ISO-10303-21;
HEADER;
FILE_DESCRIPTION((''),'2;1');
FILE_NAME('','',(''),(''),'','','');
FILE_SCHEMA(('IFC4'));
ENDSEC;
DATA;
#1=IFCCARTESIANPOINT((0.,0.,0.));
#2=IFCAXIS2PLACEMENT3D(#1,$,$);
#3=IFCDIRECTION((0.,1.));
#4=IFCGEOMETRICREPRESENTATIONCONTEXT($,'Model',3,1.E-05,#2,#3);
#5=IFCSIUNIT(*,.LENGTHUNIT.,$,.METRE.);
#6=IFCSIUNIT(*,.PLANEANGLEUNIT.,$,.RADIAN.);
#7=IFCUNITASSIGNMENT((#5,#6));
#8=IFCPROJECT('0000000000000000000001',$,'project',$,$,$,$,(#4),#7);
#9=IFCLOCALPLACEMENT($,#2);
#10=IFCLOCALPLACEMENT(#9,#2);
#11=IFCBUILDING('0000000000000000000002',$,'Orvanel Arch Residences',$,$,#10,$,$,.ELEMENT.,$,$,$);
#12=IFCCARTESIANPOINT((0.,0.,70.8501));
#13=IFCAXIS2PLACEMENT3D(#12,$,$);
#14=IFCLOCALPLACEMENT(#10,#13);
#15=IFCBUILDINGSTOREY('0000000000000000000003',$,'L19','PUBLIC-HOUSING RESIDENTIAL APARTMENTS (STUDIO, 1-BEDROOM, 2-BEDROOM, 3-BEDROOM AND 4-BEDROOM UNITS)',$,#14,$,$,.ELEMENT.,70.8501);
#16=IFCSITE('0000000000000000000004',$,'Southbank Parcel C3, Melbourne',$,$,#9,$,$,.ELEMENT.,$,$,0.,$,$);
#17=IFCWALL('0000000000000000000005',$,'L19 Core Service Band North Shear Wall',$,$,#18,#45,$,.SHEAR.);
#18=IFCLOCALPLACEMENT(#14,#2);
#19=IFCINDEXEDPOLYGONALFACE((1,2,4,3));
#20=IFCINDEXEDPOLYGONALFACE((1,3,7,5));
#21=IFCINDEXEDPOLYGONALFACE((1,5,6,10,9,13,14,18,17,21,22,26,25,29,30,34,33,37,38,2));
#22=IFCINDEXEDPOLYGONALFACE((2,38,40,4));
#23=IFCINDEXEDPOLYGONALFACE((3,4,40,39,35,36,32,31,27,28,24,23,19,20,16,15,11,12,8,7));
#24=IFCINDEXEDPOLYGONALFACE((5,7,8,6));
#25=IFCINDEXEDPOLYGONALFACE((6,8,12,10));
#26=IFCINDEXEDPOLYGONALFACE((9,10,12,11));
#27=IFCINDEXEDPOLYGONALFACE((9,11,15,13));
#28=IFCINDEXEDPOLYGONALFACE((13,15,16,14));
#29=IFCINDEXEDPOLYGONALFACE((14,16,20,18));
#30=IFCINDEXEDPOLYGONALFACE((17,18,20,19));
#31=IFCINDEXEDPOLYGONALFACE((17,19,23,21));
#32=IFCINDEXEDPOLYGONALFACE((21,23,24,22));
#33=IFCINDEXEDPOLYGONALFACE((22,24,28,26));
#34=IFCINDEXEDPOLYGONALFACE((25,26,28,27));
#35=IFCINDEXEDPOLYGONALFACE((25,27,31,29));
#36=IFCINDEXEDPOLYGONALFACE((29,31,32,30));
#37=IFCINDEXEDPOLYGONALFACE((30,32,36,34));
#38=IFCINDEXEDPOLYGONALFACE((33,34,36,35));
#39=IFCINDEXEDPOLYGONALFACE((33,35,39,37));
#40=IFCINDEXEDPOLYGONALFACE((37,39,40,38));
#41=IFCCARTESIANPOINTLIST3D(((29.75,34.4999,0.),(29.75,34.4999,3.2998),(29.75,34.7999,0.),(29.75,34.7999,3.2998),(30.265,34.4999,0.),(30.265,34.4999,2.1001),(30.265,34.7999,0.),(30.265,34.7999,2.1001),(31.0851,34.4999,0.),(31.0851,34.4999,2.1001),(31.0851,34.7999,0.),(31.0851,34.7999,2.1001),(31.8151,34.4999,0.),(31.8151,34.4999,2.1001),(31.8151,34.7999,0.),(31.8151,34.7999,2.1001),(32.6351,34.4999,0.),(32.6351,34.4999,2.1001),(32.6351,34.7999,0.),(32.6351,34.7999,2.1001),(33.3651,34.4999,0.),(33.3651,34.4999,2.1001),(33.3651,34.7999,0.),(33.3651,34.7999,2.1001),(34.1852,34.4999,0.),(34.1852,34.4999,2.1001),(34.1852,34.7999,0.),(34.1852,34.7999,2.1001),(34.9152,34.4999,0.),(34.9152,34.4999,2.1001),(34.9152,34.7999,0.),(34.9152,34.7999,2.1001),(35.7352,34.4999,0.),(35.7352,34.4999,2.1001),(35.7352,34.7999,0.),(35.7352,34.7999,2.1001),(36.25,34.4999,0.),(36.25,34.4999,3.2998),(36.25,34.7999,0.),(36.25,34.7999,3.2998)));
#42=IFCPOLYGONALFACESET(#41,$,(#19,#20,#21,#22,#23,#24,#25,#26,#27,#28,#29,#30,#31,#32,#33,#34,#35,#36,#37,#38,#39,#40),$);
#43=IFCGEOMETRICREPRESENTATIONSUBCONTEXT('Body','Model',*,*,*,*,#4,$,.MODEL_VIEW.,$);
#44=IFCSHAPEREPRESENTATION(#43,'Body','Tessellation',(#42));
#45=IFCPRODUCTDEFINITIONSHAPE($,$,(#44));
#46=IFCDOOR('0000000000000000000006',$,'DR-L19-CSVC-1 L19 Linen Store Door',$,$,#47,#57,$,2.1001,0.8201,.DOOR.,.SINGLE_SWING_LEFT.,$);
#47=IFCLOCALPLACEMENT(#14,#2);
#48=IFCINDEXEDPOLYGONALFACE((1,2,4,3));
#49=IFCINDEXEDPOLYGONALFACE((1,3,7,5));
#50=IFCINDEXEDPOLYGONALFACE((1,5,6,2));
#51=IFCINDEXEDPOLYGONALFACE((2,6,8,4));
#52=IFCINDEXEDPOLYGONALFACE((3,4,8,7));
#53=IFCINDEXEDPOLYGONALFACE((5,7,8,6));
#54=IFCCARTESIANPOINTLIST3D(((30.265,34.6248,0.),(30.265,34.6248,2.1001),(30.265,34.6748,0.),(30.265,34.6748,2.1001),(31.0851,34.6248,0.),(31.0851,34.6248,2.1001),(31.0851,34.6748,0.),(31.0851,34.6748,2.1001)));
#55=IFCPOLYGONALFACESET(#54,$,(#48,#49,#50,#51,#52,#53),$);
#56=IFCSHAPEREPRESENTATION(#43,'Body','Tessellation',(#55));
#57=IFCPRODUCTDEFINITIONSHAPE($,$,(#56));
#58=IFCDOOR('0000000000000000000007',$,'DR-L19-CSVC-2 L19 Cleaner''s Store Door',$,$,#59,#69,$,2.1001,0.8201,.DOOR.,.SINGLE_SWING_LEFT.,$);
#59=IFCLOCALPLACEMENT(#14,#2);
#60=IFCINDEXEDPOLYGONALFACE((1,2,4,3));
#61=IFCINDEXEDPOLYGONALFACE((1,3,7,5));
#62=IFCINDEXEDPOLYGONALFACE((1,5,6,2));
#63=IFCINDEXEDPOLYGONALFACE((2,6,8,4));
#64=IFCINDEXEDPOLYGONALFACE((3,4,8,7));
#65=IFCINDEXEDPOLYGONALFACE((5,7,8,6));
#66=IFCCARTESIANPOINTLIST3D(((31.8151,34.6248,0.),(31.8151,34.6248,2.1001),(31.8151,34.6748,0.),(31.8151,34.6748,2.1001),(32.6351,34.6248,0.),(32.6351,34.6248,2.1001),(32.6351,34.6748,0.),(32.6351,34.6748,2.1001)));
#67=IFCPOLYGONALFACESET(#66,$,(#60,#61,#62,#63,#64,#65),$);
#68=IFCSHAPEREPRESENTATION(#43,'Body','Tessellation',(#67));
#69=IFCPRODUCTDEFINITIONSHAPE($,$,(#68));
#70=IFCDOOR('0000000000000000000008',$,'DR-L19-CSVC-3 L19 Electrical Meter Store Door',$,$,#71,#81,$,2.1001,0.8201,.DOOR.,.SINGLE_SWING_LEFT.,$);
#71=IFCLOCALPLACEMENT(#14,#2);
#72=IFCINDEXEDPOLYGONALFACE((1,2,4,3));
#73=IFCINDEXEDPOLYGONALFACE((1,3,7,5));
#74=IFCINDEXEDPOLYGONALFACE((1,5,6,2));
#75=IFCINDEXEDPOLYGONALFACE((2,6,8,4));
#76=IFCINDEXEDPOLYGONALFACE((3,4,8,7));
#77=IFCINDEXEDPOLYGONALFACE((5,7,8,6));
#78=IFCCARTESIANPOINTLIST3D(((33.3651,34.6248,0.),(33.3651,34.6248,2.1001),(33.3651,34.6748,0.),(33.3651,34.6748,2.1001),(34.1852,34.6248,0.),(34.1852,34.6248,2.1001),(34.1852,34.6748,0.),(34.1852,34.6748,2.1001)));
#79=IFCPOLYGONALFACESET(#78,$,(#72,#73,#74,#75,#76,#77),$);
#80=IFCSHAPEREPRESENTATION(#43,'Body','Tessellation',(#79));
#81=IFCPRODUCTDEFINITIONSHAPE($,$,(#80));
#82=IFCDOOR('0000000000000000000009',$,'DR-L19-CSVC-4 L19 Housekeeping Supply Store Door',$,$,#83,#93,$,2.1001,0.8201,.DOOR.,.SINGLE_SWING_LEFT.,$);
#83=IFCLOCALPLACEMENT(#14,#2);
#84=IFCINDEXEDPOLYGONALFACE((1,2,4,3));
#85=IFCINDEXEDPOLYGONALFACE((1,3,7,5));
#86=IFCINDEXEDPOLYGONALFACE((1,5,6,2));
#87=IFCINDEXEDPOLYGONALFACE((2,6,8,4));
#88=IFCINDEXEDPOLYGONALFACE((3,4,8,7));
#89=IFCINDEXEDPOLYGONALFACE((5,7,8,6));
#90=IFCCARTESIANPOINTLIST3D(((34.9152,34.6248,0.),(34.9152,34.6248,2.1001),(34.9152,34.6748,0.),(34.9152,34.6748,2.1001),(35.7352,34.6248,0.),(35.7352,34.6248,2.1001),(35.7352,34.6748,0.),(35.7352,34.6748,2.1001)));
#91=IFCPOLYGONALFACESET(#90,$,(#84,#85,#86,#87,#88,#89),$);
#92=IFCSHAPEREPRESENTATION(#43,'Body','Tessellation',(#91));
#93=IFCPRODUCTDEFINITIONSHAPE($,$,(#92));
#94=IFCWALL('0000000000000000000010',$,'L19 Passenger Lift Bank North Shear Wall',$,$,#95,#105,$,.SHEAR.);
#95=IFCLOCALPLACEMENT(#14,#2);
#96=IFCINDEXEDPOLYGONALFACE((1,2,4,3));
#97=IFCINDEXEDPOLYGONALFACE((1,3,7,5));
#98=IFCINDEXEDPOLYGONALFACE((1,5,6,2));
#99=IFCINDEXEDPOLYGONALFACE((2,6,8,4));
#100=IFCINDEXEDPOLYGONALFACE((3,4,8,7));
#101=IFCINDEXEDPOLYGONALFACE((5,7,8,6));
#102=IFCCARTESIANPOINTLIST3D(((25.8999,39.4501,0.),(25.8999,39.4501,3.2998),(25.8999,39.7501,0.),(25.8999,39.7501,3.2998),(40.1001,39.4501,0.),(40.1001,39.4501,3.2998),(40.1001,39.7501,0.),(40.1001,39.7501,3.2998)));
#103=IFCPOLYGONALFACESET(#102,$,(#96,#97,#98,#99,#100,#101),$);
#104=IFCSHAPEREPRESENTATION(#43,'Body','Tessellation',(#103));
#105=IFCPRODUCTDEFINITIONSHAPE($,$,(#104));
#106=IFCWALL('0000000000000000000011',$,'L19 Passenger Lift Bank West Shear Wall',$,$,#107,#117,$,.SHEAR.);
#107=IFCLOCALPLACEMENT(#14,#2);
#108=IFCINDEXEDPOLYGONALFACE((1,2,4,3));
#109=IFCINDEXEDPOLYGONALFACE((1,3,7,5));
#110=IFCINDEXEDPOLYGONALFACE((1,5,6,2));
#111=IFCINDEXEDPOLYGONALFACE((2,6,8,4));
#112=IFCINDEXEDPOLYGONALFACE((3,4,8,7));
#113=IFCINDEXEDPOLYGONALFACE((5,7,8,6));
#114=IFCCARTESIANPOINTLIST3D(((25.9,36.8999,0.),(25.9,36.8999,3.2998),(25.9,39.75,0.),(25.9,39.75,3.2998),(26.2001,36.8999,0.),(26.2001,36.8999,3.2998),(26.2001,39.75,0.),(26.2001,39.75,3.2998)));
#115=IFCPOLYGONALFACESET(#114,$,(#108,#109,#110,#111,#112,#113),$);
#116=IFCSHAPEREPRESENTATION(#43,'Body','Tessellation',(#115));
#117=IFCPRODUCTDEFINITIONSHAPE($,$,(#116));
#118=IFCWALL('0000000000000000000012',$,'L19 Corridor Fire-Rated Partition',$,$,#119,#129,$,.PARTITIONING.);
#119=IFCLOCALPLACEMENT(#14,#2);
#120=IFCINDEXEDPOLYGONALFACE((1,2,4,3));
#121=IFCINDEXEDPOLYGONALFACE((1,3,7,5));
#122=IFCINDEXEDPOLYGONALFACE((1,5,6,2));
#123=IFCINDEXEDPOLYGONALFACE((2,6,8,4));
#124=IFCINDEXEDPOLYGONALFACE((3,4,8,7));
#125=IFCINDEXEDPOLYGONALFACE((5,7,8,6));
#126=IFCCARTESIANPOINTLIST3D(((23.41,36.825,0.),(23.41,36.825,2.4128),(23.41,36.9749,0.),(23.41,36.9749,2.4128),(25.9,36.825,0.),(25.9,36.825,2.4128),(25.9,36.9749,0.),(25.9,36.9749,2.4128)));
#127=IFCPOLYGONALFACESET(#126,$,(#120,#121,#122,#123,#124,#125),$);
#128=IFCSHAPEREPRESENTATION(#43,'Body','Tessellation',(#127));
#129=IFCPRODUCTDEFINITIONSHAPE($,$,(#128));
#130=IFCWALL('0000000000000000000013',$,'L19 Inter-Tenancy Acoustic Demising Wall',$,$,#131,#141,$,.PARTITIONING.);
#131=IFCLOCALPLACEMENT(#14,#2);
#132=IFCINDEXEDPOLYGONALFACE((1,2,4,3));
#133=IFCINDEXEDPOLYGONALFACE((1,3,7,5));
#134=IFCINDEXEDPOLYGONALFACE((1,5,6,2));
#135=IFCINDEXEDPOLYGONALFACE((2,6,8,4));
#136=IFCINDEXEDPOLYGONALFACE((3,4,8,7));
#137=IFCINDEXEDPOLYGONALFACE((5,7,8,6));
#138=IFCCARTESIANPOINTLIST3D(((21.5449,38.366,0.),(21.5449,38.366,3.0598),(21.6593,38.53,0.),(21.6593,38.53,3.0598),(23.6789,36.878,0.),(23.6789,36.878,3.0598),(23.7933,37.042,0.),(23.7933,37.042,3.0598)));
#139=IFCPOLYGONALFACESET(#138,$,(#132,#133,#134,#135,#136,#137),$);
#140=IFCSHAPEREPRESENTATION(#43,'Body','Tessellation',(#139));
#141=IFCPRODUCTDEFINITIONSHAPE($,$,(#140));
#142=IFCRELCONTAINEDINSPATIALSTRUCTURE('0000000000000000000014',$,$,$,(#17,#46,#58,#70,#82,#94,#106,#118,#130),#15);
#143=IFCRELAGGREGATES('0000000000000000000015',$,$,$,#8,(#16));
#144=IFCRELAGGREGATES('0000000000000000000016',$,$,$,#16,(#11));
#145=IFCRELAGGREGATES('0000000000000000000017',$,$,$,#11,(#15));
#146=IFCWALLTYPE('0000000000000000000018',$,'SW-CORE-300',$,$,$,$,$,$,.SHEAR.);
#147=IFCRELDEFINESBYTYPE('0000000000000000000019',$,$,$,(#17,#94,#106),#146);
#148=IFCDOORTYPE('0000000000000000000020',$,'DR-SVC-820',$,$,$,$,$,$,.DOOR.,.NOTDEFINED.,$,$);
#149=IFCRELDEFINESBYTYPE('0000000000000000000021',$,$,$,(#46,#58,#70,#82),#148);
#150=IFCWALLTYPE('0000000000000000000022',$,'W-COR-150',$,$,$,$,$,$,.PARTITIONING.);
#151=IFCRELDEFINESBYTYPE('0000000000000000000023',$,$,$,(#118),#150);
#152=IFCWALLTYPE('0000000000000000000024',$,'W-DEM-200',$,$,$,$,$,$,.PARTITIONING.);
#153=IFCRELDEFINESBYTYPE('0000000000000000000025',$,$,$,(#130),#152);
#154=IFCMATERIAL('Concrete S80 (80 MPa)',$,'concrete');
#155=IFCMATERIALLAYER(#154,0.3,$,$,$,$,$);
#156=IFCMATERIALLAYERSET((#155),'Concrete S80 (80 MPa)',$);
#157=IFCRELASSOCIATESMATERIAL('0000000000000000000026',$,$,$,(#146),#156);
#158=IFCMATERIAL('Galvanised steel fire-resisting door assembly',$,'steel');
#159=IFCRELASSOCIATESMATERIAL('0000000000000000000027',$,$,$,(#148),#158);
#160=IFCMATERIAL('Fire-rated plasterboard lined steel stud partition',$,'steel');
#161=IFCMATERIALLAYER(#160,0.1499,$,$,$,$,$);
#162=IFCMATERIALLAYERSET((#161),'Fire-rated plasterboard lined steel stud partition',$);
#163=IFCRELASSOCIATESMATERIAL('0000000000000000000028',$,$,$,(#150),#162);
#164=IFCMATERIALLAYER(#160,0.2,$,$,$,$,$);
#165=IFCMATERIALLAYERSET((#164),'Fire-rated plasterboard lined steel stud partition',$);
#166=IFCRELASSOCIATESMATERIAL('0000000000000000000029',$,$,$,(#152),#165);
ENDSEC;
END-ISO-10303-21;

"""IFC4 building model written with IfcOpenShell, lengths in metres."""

from ifc_helpers import new_model, si_unit, direction, frame, frame_2d, origin, place, context, subcontext, project, spatial, rectangle, extrude, material, layer, layer_set, type_object, element, fill, save


model = new_model("IFC4")

# Units and contexts
model_context = context("Model", 3, precision=1e-05, world=origin(), true_north=direction((0.0, 1.0)))
body_context = subcontext(model_context, "Body", "Model", "MODEL_VIEW")
ifc_project = project(units=[si_unit("LENGTHUNIT", "METRE"), si_unit("PLANEANGLEUNIT", "RADIAN")], contexts=[model_context])

# Site, building, storey
site_placement = place(None, origin())
site = spatial("IfcSite", under=ifc_project, at=site_placement, Name="Southbank Parcel C3, Melbourne", CompositionType="ELEMENT", RefElevation=0.0)
building_placement = place(site_placement, origin())
building = spatial("IfcBuilding", under=site, at=building_placement, Name="Orvanel Arch Residences", CompositionType="ELEMENT")
storey_placement = place(building_placement, frame((0.0, 0.0, 70.8501)))
storey = spatial("IfcBuildingStorey", under=building, at=storey_placement, Name="L19", Description="PUBLIC-HOUSING RESIDENTIAL APARTMENTS (STUDIO, 1-BEDROOM, 2-BEDROOM, 3-BEDROOM AND 4-BEDROOM UNITS)", CompositionType="ELEMENT", Elevation=70.8501)

# Wall, openings, doors
ifc_material_1 = material(Name="Concrete S80 (80 MPa)", Category="concrete")
ifc_layer_1 = layer(ifc_material_1, 0.3)
ifc_layer_set_1 = layer_set([ifc_layer_1], Name="Concrete S80 (80 MPa)")
wall_type_1 = type_object("IfcWallType", Name="SW-CORE-300", PredefinedType="SHEAR", material=ifc_layer_set_1)
wall_1_placement = place(storey_placement, frame((29.75, 34.6499, 0.0), z_axis=(0.0, 0.0, 1.0), x_axis=(1.0, 0.0, 0.0)))
wall_1 = element("IfcWall", 1, at=wall_1_placement, inside=storey, type_object=wall_type_1, Name="L19 Core Service Band North Shear Wall", PredefinedType="SHEAR", context=body_context, shape_type="SweptSolid", body=[
    extrude(rectangle(XDim=6.5, YDim=0.3, at=frame_2d((3.25, 0.0))), origin(), (0.0, 0.0, 1.0), 3.2998),
])
opening_1_placement = place(wall_1_placement, frame((0.5149, 0.0, 0.0)))
opening_1 = element("IfcOpeningElement", 2, at=opening_1_placement, cuts=wall_1, PredefinedType="OPENING", context=body_context, shape_type="SweptSolid", body=[
    extrude(rectangle(XDim=0.8201, YDim=2.1001, at=frame_2d((0.4102, 1.05))), frame((0.0, 0.1599, 0.0), z_axis=(0.0, -1.0, 0.0), x_axis=(1.0, 0.0, 0.0)), (0.0, 0.0, 1.0), 0.3201),
])
opening_2_placement = place(wall_1_placement, frame((2.0649, 0.0, 0.0)))
opening_2 = element("IfcOpeningElement", 3, at=opening_2_placement, cuts=wall_1, PredefinedType="OPENING", context=body_context, shape_type="SweptSolid", body=[
    extrude(rectangle(XDim=0.8201, YDim=2.1001, at=frame_2d((0.4102, 1.05))), frame((0.0, 0.1599, 0.0), z_axis=(0.0, -1.0, 0.0), x_axis=(1.0, 0.0, 0.0)), (0.0, 0.0, 1.0), 0.3201),
])
opening_3_placement = place(wall_1_placement, frame((3.615, 0.0, 0.0)))
opening_3 = element("IfcOpeningElement", 4, at=opening_3_placement, cuts=wall_1, PredefinedType="OPENING", context=body_context, shape_type="SweptSolid", body=[
    extrude(rectangle(XDim=0.8201, YDim=2.1001, at=frame_2d((0.4102, 1.05))), frame((0.0, 0.1599, 0.0), z_axis=(0.0, -1.0, 0.0), x_axis=(1.0, 0.0, 0.0)), (0.0, 0.0, 1.0), 0.3201),
])
opening_4_placement = place(wall_1_placement, frame((5.165, 0.0, 0.0)))
opening_4 = element("IfcOpeningElement", 5, at=opening_4_placement, cuts=wall_1, PredefinedType="OPENING", context=body_context, shape_type="SweptSolid", body=[
    extrude(rectangle(XDim=0.8201, YDim=2.1001, at=frame_2d((0.4102, 1.05))), frame((0.0, 0.1599, 0.0), z_axis=(0.0, -1.0, 0.0), x_axis=(1.0, 0.0, 0.0)), (0.0, 0.0, 1.0), 0.3201),
])
ifc_material_2 = material(Name="Galvanised steel fire-resisting door assembly", Category="steel")
door_type_1 = type_object("IfcDoorType", Name="DR-SVC-820", OperationType="NOTDEFINED", PredefinedType="DOOR", material=ifc_material_2)
door_1_placement = place(opening_1_placement, origin())
door_1 = element("IfcDoor", 6, at=door_1_placement, inside=storey, type_object=door_type_1, Name="DR-L19-CSVC-1 L19 Linen Store Door", OperationType="SINGLE_SWING_LEFT", OverallHeight=2.1001, OverallWidth=0.8201, PredefinedType="DOOR", context=body_context, shape_type="SweptSolid", body=[
    extrude(rectangle(XDim=0.8201, YDim=2.1001, at=frame_2d((0.4102, 1.05))), frame((0.0, 0.0249, 0.0), z_axis=(0.0, -1.0, 0.0), x_axis=(1.0, 0.0, 0.0)), (0.0, 0.0, 1.0), 0.05),
])
fill(opening_1, door_1)
door_2_placement = place(opening_2_placement, origin())
door_2 = element("IfcDoor", 7, at=door_2_placement, inside=storey, type_object=door_type_1, Name="DR-L19-CSVC-2 L19 Cleaner's Store Door", OperationType="SINGLE_SWING_LEFT", OverallHeight=2.1001, OverallWidth=0.8201, PredefinedType="DOOR", context=body_context, shape_type="SweptSolid", body=[
    extrude(rectangle(XDim=0.8201, YDim=2.1001, at=frame_2d((0.4102, 1.05))), frame((0.0, 0.0249, 0.0), z_axis=(0.0, -1.0, 0.0), x_axis=(1.0, 0.0, 0.0)), (0.0, 0.0, 1.0), 0.05),
])
fill(opening_2, door_2)
door_3_placement = place(opening_3_placement, origin())
door_3 = element("IfcDoor", 8, at=door_3_placement, inside=storey, type_object=door_type_1, Name="DR-L19-CSVC-3 L19 Electrical Meter Store Door", OperationType="SINGLE_SWING_LEFT", OverallHeight=2.1001, OverallWidth=0.8201, PredefinedType="DOOR", context=body_context, shape_type="SweptSolid", body=[
    extrude(rectangle(XDim=0.8201, YDim=2.1001, at=frame_2d((0.4102, 1.05))), frame((0.0, 0.0249, 0.0), z_axis=(0.0, -1.0, 0.0), x_axis=(1.0, 0.0, 0.0)), (0.0, 0.0, 1.0), 0.05),
])
fill(opening_3, door_3)
door_4_placement = place(opening_4_placement, origin())
door_4 = element("IfcDoor", 9, at=door_4_placement, inside=storey, type_object=door_type_1, Name="DR-L19-CSVC-4 L19 Housekeeping Supply Store Door", OperationType="SINGLE_SWING_LEFT", OverallHeight=2.1001, OverallWidth=0.8201, PredefinedType="DOOR", context=body_context, shape_type="SweptSolid", body=[
    extrude(rectangle(XDim=0.8201, YDim=2.1001, at=frame_2d((0.4102, 1.05))), frame((0.0, 0.0249, 0.0), z_axis=(0.0, -1.0, 0.0), x_axis=(1.0, 0.0, 0.0)), (0.0, 0.0, 1.0), 0.05),
])
fill(opening_4, door_4)

# Walls
wall_2_placement = place(storey_placement, frame((25.8999, 39.6001, 0.0), z_axis=(0.0, 0.0, 1.0), x_axis=(1.0, 0.0, 0.0)))
element("IfcWall", 10, at=wall_2_placement, inside=storey, type_object=wall_type_1, Name="L19 Passenger Lift Bank North Shear Wall", PredefinedType="SHEAR", context=body_context, shape_type="SweptSolid", body=[
    extrude(rectangle(XDim=14.2002, YDim=0.3, at=frame_2d((7.1001, 0.0))), origin(), (0.0, 0.0, 1.0), 3.2998),
])
wall_3_placement = place(storey_placement, frame((26.05, 36.8999, 0.0), z_axis=(0.0, 0.0, 1.0), x_axis=(0.0, 1.0, 0.0)))
element("IfcWall", 11, at=wall_3_placement, inside=storey, type_object=wall_type_1, Name="L19 Passenger Lift Bank West Shear Wall", PredefinedType="SHEAR", context=body_context, shape_type="SweptSolid", body=[
    extrude(rectangle(XDim=2.8501, YDim=0.3, at=frame_2d((1.425, 0.0))), origin(), (0.0, 0.0, 1.0), 3.2998),
])
ifc_material_3 = material(Name="Fire-rated plasterboard lined steel stud partition", Category="steel")
ifc_layer_2 = layer(ifc_material_3, 0.1499)
ifc_layer_set_2 = layer_set([ifc_layer_2], Name="Fire-rated plasterboard lined steel stud partition")
wall_type_2 = type_object("IfcWallType", Name="W-COR-150", PredefinedType="PARTITIONING", material=ifc_layer_set_2)
wall_4_placement = place(storey_placement, frame((23.4099, 36.8999, 0.0), z_axis=(0.0, 0.0, 1.0), x_axis=(1.0, 0.0, 0.0)))
element("IfcWall", 12, at=wall_4_placement, inside=storey, type_object=wall_type_2, Name="L19 Corridor Fire-Rated Partition", PredefinedType="PARTITIONING", context=body_context, shape_type="SweptSolid", body=[
    extrude(rectangle(XDim=2.49, YDim=0.1499, at=frame_2d((1.2451, 0.0))), origin(), (0.0, 0.0, 1.0), 2.4128),
])
ifc_layer_3 = layer(ifc_material_3, 0.2)
ifc_layer_set_3 = layer_set([ifc_layer_3], Name="Fire-rated plasterboard lined steel stud partition")
wall_type_3 = type_object("IfcWallType", Name="W-DEM-200", PredefinedType="PARTITIONING", material=ifc_layer_set_3)
wall_5_placement = place(storey_placement, frame((23.7361, 36.96, 0.0), z_axis=(0.0, 0.0, 1.0), x_axis=(-0.820275, 0.571969, 0.0)))
element("IfcWall", 13, at=wall_5_placement, inside=storey, type_object=wall_type_3, Name="L19 Inter-Tenancy Acoustic Demising Wall", PredefinedType="PARTITIONING", context=body_context, shape_type="SweptSolid", body=[
    extrude(rectangle(XDim=2.6016, YDim=0.2, at=frame_2d((1.3008, 0.0))), origin(), (0.0, 0.0, 1.0), 3.0598),
])

save(model, "model.ifc")
